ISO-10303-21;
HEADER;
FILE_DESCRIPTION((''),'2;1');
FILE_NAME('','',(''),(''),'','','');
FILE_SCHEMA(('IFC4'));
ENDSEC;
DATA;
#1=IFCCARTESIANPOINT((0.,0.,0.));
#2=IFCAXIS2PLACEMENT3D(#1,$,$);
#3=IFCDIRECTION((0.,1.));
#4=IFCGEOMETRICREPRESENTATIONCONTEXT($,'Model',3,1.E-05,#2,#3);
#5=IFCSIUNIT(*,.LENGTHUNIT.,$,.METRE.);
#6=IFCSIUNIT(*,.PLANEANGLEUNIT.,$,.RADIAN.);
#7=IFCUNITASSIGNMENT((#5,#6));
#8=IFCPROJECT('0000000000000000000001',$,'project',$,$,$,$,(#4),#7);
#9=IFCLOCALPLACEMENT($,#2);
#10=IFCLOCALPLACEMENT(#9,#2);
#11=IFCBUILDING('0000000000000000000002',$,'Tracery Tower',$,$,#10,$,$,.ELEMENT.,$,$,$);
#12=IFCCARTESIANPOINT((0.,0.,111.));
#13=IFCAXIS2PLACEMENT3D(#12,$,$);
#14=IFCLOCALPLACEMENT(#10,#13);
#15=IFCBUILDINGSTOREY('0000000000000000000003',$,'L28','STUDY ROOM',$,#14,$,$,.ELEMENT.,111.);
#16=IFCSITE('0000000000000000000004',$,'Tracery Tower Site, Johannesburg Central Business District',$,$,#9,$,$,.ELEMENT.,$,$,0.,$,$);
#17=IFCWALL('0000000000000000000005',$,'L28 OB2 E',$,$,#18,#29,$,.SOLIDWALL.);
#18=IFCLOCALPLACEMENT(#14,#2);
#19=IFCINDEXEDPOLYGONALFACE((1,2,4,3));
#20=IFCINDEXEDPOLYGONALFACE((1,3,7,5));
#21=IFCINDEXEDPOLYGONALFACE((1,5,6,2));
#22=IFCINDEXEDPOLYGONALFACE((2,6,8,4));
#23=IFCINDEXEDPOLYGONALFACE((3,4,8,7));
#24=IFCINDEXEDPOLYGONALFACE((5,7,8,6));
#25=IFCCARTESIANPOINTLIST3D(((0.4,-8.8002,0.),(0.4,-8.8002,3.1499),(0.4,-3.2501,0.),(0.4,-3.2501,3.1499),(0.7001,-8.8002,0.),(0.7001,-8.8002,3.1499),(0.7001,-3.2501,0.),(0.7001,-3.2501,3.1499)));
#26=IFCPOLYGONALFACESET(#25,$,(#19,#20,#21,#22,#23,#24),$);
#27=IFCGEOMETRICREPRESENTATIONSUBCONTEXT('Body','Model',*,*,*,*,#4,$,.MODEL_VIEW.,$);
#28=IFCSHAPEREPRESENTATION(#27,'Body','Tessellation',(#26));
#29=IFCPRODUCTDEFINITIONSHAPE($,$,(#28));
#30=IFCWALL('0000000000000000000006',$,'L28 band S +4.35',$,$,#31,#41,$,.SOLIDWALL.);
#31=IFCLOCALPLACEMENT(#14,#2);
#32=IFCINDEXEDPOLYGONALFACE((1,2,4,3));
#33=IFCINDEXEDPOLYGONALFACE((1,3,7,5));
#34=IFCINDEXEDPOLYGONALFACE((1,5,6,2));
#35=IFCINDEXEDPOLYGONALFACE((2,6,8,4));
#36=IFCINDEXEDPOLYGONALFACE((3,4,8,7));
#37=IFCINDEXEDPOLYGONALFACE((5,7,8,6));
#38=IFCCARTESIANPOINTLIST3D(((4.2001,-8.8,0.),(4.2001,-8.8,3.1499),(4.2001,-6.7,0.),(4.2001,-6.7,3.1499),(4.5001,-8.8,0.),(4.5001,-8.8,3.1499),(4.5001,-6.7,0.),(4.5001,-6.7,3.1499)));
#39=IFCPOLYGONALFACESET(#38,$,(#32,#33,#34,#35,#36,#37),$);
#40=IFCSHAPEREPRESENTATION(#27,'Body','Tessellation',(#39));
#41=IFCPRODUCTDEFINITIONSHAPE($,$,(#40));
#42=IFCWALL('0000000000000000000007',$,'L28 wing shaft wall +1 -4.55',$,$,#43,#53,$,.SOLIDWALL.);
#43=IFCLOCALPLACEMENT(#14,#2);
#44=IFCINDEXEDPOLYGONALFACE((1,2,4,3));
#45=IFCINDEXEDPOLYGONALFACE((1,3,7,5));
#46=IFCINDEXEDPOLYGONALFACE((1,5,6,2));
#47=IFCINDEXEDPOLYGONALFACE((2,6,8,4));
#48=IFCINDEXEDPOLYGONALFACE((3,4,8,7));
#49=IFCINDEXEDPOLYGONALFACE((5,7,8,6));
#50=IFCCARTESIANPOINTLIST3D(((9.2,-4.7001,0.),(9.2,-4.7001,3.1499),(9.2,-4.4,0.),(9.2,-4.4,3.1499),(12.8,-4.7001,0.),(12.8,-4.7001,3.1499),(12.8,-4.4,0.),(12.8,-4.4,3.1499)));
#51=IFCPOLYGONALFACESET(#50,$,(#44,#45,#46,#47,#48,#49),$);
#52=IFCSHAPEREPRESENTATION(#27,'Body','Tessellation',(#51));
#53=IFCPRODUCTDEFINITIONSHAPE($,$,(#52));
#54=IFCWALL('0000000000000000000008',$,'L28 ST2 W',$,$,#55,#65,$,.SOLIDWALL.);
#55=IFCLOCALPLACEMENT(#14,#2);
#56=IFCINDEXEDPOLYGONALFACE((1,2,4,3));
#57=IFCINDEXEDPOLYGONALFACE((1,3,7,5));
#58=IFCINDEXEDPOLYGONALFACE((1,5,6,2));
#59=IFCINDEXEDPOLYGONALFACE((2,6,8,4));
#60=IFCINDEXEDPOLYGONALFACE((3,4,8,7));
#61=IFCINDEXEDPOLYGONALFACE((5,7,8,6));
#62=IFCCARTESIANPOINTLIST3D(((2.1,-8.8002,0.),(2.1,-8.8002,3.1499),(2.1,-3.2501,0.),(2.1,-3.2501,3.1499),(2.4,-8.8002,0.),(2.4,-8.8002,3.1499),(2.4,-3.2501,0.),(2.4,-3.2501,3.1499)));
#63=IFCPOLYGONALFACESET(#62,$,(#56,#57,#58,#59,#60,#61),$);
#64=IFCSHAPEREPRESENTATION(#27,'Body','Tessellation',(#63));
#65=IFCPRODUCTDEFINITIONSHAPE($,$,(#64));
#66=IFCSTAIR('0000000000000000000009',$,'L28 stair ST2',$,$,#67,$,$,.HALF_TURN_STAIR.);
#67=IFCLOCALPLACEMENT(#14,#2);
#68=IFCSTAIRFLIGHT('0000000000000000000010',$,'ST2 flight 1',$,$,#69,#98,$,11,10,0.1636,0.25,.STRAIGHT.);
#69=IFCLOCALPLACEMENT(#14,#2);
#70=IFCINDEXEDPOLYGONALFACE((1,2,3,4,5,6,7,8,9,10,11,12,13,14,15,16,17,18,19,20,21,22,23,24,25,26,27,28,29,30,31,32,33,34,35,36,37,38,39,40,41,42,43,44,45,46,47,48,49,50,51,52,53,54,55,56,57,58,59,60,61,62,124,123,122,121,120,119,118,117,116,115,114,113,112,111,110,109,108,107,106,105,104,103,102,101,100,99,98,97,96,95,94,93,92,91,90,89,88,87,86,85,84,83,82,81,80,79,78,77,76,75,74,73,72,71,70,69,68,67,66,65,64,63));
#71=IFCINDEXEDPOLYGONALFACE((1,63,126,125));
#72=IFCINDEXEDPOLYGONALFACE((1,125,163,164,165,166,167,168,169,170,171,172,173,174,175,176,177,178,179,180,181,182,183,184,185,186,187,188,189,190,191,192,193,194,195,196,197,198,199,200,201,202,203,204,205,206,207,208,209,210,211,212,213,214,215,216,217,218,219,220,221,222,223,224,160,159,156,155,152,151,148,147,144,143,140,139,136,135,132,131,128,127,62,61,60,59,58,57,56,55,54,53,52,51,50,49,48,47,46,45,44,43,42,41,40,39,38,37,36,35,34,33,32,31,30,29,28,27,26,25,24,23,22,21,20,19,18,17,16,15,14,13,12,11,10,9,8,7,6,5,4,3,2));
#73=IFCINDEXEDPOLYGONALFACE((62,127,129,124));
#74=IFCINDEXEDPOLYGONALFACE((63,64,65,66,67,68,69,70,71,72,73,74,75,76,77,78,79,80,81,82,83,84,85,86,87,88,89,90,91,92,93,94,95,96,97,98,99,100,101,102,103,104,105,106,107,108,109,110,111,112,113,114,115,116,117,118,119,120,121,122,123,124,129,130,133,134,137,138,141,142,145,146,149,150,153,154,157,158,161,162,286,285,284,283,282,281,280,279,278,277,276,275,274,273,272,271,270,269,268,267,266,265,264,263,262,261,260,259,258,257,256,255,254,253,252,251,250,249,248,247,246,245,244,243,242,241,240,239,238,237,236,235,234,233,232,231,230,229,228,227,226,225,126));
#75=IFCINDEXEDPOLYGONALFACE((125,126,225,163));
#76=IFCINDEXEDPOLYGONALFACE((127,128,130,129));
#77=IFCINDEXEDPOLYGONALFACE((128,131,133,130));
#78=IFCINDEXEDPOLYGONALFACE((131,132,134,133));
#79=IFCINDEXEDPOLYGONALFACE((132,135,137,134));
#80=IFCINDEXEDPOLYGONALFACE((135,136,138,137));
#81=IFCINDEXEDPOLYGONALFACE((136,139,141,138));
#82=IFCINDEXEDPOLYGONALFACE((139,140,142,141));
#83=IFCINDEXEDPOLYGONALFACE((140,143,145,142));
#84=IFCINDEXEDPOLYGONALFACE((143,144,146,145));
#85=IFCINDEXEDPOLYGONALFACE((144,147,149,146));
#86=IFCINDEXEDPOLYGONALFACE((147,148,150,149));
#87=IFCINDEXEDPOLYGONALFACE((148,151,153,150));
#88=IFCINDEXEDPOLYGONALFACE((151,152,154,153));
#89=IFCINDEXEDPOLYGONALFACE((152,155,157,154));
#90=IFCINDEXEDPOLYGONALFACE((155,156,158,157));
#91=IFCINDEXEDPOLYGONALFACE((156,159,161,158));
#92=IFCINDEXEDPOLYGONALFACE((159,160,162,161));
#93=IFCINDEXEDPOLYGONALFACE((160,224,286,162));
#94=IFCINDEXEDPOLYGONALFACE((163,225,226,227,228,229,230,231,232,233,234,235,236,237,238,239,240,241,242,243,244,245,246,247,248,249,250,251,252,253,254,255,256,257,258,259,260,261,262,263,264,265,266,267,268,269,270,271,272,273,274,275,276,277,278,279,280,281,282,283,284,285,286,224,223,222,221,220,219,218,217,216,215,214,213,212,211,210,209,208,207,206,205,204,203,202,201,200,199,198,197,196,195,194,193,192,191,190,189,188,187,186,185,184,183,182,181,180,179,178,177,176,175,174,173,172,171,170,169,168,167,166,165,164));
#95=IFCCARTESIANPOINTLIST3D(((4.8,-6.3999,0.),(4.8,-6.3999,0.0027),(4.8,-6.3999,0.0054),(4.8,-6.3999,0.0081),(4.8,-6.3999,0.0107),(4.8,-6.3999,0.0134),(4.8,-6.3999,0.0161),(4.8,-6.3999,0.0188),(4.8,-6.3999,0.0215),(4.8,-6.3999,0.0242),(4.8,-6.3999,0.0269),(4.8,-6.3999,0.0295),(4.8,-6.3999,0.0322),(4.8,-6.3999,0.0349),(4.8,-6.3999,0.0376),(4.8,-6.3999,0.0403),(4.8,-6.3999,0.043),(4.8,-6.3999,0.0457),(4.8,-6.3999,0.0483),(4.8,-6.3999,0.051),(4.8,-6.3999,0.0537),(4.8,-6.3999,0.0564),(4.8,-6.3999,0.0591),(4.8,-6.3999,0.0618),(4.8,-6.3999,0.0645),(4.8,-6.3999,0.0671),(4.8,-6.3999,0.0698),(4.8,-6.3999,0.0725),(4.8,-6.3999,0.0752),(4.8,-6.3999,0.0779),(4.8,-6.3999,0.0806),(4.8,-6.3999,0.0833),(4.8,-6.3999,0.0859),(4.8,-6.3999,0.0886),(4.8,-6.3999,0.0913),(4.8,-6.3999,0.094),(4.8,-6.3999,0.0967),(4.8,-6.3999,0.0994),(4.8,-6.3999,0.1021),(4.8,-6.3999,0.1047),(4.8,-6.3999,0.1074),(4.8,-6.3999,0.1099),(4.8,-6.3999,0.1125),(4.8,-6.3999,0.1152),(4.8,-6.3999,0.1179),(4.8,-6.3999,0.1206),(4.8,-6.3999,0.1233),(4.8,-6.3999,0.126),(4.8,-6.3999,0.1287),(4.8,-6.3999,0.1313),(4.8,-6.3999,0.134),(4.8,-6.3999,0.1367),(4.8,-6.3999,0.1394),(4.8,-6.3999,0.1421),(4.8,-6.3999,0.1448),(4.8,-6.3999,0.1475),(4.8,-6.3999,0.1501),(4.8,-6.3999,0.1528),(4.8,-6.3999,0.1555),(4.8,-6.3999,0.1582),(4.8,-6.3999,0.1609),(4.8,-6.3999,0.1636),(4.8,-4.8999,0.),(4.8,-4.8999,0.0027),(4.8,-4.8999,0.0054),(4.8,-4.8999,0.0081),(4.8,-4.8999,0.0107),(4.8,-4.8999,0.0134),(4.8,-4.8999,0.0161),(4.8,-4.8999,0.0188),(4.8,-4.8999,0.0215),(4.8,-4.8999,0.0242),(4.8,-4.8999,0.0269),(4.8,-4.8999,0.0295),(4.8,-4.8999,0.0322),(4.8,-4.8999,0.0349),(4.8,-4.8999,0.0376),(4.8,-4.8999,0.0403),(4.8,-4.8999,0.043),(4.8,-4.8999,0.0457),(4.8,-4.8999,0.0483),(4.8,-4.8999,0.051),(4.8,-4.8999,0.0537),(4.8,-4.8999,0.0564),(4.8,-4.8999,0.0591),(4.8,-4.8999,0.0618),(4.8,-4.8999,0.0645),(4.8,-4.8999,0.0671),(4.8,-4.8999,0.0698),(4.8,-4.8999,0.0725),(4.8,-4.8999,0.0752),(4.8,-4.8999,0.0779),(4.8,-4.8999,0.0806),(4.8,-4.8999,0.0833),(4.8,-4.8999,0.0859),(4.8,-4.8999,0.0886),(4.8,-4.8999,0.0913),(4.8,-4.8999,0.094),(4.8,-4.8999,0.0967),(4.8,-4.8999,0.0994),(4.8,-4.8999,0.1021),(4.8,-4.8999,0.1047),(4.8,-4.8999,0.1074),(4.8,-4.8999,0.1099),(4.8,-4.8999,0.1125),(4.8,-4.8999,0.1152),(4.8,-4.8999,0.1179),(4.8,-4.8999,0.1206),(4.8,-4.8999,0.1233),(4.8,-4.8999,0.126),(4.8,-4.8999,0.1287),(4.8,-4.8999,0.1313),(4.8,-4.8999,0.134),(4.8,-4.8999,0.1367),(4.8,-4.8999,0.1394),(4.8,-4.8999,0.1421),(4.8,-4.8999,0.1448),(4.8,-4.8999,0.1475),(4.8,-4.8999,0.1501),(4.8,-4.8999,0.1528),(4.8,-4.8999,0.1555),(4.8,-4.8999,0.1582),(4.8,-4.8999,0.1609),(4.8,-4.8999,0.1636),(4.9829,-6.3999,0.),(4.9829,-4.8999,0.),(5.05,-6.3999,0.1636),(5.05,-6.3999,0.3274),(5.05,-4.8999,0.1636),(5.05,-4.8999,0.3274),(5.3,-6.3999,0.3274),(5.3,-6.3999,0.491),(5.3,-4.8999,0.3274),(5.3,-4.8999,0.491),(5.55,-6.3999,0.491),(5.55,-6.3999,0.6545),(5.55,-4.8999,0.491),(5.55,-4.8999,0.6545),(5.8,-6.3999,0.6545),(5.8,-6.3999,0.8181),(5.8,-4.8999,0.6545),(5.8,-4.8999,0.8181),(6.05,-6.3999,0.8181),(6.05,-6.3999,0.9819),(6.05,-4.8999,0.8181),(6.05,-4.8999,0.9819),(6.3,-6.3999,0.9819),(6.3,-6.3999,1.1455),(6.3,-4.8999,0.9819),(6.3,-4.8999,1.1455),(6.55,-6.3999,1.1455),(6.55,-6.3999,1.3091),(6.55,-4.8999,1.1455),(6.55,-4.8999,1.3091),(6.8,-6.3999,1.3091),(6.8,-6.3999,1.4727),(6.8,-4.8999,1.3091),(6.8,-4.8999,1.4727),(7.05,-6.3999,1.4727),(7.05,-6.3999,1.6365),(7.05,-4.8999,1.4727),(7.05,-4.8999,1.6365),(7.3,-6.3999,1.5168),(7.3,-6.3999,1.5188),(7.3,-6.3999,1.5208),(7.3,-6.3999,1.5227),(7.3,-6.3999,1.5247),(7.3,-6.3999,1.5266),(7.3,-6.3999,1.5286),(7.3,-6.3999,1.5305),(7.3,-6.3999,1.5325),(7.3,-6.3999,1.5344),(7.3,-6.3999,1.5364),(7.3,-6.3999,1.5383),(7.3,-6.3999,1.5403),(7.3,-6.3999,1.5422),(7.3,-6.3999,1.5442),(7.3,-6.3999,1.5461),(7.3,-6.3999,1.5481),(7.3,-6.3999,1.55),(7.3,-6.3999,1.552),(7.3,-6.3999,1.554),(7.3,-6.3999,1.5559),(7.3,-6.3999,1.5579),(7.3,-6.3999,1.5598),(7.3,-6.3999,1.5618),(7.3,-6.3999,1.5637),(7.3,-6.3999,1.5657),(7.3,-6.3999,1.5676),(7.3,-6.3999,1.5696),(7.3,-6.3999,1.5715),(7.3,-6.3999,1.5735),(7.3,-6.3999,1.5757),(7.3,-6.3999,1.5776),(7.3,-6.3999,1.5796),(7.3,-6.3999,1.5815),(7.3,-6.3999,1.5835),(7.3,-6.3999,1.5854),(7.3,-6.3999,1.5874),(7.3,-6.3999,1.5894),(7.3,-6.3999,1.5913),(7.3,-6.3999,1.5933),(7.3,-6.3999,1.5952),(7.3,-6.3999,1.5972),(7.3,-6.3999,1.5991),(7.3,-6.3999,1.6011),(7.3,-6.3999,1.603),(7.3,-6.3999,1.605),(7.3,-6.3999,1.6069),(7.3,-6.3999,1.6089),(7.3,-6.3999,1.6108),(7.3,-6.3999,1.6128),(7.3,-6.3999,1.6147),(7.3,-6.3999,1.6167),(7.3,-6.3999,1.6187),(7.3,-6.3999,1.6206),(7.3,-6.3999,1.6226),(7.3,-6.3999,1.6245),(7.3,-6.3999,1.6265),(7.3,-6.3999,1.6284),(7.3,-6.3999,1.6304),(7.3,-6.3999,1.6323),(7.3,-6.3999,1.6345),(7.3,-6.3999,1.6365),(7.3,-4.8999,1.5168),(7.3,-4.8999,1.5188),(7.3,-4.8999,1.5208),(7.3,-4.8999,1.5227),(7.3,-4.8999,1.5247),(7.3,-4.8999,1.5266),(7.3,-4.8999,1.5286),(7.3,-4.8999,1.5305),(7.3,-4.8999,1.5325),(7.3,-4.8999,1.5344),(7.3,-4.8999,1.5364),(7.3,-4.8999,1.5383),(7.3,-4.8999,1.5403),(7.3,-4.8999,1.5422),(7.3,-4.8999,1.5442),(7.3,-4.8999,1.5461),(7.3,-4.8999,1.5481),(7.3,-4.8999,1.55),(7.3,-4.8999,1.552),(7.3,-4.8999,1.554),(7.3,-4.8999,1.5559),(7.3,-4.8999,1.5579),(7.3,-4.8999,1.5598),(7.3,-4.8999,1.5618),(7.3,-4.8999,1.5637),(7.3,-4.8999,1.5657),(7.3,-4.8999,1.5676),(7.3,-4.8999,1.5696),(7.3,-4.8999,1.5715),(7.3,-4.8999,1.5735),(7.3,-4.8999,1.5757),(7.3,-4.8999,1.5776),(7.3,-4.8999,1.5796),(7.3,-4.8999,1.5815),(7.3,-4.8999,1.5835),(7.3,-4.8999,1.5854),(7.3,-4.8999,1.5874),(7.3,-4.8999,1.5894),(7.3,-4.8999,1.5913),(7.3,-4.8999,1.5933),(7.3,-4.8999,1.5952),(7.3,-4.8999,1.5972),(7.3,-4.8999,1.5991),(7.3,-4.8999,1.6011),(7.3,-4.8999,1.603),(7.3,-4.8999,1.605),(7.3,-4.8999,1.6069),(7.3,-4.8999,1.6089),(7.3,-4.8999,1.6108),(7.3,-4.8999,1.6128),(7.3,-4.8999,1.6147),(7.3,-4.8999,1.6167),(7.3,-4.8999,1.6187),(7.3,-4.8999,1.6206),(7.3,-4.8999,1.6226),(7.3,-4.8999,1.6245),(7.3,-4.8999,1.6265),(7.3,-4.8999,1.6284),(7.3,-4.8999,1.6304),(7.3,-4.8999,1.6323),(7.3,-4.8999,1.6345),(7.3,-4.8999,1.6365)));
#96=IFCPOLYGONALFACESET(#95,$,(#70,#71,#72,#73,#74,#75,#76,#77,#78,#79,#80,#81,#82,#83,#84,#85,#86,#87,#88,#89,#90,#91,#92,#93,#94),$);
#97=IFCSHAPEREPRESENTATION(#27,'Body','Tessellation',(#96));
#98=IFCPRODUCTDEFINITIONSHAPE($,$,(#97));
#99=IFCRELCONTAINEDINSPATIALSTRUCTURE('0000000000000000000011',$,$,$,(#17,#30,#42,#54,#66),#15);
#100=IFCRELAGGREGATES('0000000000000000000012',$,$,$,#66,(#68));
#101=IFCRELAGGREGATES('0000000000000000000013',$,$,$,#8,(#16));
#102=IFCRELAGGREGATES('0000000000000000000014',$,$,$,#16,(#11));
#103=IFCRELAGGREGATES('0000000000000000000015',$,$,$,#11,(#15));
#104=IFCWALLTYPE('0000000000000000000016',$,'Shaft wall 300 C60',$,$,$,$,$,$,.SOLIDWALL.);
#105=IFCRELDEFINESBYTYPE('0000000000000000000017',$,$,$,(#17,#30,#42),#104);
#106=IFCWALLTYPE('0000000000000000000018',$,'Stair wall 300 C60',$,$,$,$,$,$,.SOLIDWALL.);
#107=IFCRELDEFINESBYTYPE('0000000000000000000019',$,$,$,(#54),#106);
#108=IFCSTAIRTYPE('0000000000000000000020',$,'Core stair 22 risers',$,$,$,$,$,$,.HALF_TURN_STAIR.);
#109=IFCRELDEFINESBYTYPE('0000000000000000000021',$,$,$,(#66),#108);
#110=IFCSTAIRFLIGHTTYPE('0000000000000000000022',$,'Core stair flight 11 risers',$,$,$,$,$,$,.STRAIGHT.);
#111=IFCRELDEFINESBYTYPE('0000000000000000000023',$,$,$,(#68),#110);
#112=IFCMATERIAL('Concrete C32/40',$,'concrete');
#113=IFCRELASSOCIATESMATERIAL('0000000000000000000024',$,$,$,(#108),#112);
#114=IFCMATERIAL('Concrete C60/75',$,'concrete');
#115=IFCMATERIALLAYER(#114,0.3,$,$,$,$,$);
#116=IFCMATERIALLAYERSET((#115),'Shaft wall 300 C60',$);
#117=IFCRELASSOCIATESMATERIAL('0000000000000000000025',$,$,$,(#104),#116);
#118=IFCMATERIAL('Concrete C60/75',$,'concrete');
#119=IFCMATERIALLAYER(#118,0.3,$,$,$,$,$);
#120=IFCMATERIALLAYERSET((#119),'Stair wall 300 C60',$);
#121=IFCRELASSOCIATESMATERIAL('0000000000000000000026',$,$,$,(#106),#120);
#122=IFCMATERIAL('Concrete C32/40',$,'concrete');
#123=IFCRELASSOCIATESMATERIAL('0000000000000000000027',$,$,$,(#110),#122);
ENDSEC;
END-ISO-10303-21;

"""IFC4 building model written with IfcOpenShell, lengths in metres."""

from ifc_helpers import new_model, si_unit, direction, frame, frame_2d, origin, place, context, subcontext, project, spatial, polyline, rectangle, outline, extrude, material, layer, layer_set, type_object, element, aggregate, save


model = new_model("IFC4")

# Units and contexts
model_context = context("Model", 3, precision=1e-05, world=origin(), true_north=direction((0.0, 1.0)))
body_context = subcontext(model_context, "Body", "Model", "MODEL_VIEW")
ifc_project = project(units=[si_unit("LENGTHUNIT", "METRE"), si_unit("PLANEANGLEUNIT", "RADIAN")], contexts=[model_context])

# Site, building, storey
site_placement = place(None, origin())
site = spatial("IfcSite", under=ifc_project, at=site_placement, Name="Tracery Tower Site, Johannesburg Central Business District", CompositionType="ELEMENT", RefElevation=0.0)
building_placement = place(site_placement, origin())
building = spatial("IfcBuilding", under=site, at=building_placement, Name="Tracery Tower", CompositionType="ELEMENT")
storey_placement = place(building_placement, frame((0.0, 0.0, 111.0)))
storey = spatial("IfcBuildingStorey", under=building, at=storey_placement, Name="L28", Description="STUDY ROOM", CompositionType="ELEMENT", Elevation=111.0)

# Shared definitions
ifc_material_1 = material(Name="Concrete C32/40", Category="concrete")
stair_type = type_object("IfcStairType", Name="Core stair 22 risers", PredefinedType="HALF_TURN_STAIR", material=ifc_material_1)

# Walls
ifc_material_2 = material(Name="Concrete C60/75", Category="concrete")
ifc_layer_1 = layer(ifc_material_2, 0.3)
ifc_layer_set_1 = layer_set([ifc_layer_1], Name="Shaft wall 300 C60")
wall_type_1 = type_object("IfcWallType", Name="Shaft wall 300 C60", PredefinedType="SOLIDWALL", material=ifc_layer_set_1)
wall_1_placement = place(storey_placement, frame((0.55, -8.8, 0.0), z_axis=(0.0, 0.0, 1.0), x_axis=(0.0, 1.0, 0.0)))
element("IfcWall", 1, at=wall_1_placement, inside=storey, type_object=wall_type_1, Name="L28 OB2 E", PredefinedType="SOLIDWALL", context=body_context, shape_type="SweptSolid", body=[
    extrude(rectangle(XDim=5.55, YDim=0.3, at=frame_2d((2.7749, 0.0))), origin(), (0.0, 0.0, 1.0), 3.1499),
])
wall_2_placement = place(storey_placement, frame((4.3501, -8.8, 0.0), z_axis=(0.0, 0.0, 1.0), x_axis=(0.0, 1.0, 0.0)))
element("IfcWall", 2, at=wall_2_placement, inside=storey, type_object=wall_type_1, Name="L28 band S +4.35", PredefinedType="SOLIDWALL", context=body_context, shape_type="SweptSolid", body=[
    extrude(rectangle(XDim=2.1001, YDim=0.3, at=frame_2d((1.05, 0.0))), origin(), (0.0, 0.0, 1.0), 3.1499),
])
wall_3_placement = place(storey_placement, frame((9.2, -4.55, 0.0), z_axis=(0.0, 0.0, 1.0), x_axis=(1.0, 0.0, 0.0)))
element("IfcWall", 3, at=wall_3_placement, inside=storey, type_object=wall_type_1, Name="L28 wing shaft wall +1 -4.55", PredefinedType="SOLIDWALL", context=body_context, shape_type="SweptSolid", body=[
    extrude(rectangle(XDim=3.6001, YDim=0.3, at=frame_2d((1.8, 0.0))), origin(), (0.0, 0.0, 1.0), 3.1499),
])

# Shared definitions
ifc_material_3 = material(Name="Concrete C60/75", Category="concrete")
ifc_layer_2 = layer(ifc_material_3, 0.3)
ifc_layer_set_2 = layer_set([ifc_layer_2], Name="Stair wall 300 C60")
wall_type_2 = type_object("IfcWallType", Name="Stair wall 300 C60", PredefinedType="SOLIDWALL", material=ifc_layer_set_2)

# Wall
wall_4_placement = place(storey_placement, frame((2.25, -8.8, 0.0), z_axis=(0.0, 0.0, 1.0), x_axis=(0.0, 1.0, 0.0)))
element("IfcWall", 4, at=wall_4_placement, inside=storey, type_object=wall_type_2, Name="L28 ST2 W", PredefinedType="SOLIDWALL", context=body_context, shape_type="SweptSolid", body=[
    extrude(rectangle(XDim=5.55, YDim=0.3, at=frame_2d((2.7749, 0.0))), origin(), (0.0, 0.0, 1.0), 3.1499),
])

# Stair, stair flight
stair_1_placement = place(storey_placement, origin())
stair_1 = element("IfcStair", 5, at=stair_1_placement, inside=storey, type_object=stair_type, Name="L28 stair ST2", PredefinedType="HALF_TURN_STAIR")
ifc_material_4 = material(Name="Concrete C32/40", Category="concrete")
stair_flight_type = type_object("IfcStairFlightType", Name="Core stair flight 11 risers", PredefinedType="STRAIGHT", material=ifc_material_4)
stair_flight_1_placement = place(storey_placement, frame((4.8, -5.6499, 0.0), z_axis=(0.0, 0.0, 1.0), x_axis=(1.0, 0.0, 0.0)))
stair_flight_1 = element("IfcStairFlight", 6, at=stair_flight_1_placement, type_object=stair_flight_type, Name="ST2 flight 1", NumberOfRisers=11, NumberOfTreads=10, PredefinedType="STRAIGHT", RiserHeight=0.1636, TreadLength=0.25, context=body_context, shape_type="SweptSolid", body=[
    extrude(outline(polyline([(0.0, 0.0), (0.0, 0.0027), (0.0, 0.0054), (0.0, 0.0081), (0.0, 0.0107), (0.0, 0.0134), (0.0, 0.0161), (0.0, 0.0188), (0.0, 0.0215), (0.0, 0.0242), (0.0, 0.0269), (0.0, 0.0295), (0.0, 0.0322), (0.0, 0.0349), (0.0, 0.0376), (0.0, 0.0403), (0.0, 0.043), (0.0, 0.0457), (0.0, 0.0483), (0.0, 0.051), (0.0, 0.0537), (0.0, 0.0564), (0.0, 0.0591), (0.0, 0.0618), (0.0, 0.0645), (0.0, 0.0671), (0.0, 0.0698), (0.0, 0.0725), (0.0, 0.0752), (0.0, 0.0779), (0.0, 0.0806), (0.0, 0.0833), (0.0, 0.0859), (0.0, 0.0886), (0.0, 0.0913), (0.0, 0.094), (0.0, 0.0967), (0.0, 0.0994), (0.0, 0.1021), (0.0, 0.1047), (0.0, 0.1074), (0.0, 0.1099), (0.0, 0.1125), (0.0, 0.1152), (0.0, 0.1179), (0.0, 0.1206), (0.0, 0.1233), (0.0, 0.126), (0.0, 0.1287), (0.0, 0.1313), (0.0, 0.134), (0.0, 0.1367), (0.0, 0.1394), (0.0, 0.1421), (0.0, 0.1448), (0.0, 0.1475), (0.0, 0.1501), (0.0, 0.1528), (0.0, 0.1555), (0.0, 0.1582), (0.0, 0.1609), (0.0, 0.1636), (0.25, 0.1636), (0.25, 0.3274), (0.5, 0.3274), (0.5, 0.491), (0.75, 0.491), (0.75, 0.6545), (1.0, 0.6545), (1.0, 0.8181), (1.25, 0.8181), (1.25, 0.9819), (1.5, 0.9819), (1.5, 1.1455), (1.75, 1.1455), (1.75, 1.3091), (2.0, 1.3091), (2.0, 1.4727), (2.25, 1.4727), (2.25, 1.6365), (2.5, 1.6365), (2.5, 1.6345), (2.5, 1.6323), (2.5, 1.6304), (2.5, 1.6284), (2.5, 1.6265), (2.5, 1.6245), (2.5, 1.6226), (2.5, 1.6206), (2.5, 1.6187), (2.5, 1.6167), (2.5, 1.6147), (2.5, 1.6128), (2.5, 1.6108), (2.5, 1.6089), (2.5, 1.6069), (2.5, 1.605), (2.5, 1.603), (2.5, 1.6011), (2.5, 1.5991), (2.5, 1.5972), (2.5, 1.5952), (2.5, 1.5933), (2.5, 1.5913), (2.5, 1.5894), (2.5, 1.5874), (2.5, 1.5854), (2.5, 1.5835), (2.5, 1.5815), (2.5, 1.5796), (2.5, 1.5776), (2.5, 1.5757), (2.5, 1.5735), (2.5, 1.5715), (2.5, 1.5696), (2.5, 1.5676), (2.5, 1.5657), (2.5, 1.5637), (2.5, 1.5618), (2.5, 1.5598), (2.5, 1.5579), (2.5, 1.5559), (2.5, 1.554), (2.5, 1.552), (2.5, 1.55), (2.5, 1.5481), (2.5, 1.5461), (2.5, 1.5442), (2.5, 1.5422), (2.5, 1.5403), (2.5, 1.5383), (2.5, 1.5364), (2.5, 1.5344), (2.5, 1.5325), (2.5, 1.5305), (2.5, 1.5286), (2.5, 1.5266), (2.5, 1.5247), (2.5, 1.5227), (2.5, 1.5208), (2.5, 1.5188), (2.5, 1.5168), (0.1829, 0.0), (0.0, 0.0)])), frame((0.0, 0.75, 0.0), z_axis=(0.0, -1.0, 0.0), x_axis=(1.0, 0.0, 0.0)), (0.0, 0.0, 1.0), 1.5),
])
aggregate(stair_1, [stair_flight_1])

save(model, "model.ifc")
